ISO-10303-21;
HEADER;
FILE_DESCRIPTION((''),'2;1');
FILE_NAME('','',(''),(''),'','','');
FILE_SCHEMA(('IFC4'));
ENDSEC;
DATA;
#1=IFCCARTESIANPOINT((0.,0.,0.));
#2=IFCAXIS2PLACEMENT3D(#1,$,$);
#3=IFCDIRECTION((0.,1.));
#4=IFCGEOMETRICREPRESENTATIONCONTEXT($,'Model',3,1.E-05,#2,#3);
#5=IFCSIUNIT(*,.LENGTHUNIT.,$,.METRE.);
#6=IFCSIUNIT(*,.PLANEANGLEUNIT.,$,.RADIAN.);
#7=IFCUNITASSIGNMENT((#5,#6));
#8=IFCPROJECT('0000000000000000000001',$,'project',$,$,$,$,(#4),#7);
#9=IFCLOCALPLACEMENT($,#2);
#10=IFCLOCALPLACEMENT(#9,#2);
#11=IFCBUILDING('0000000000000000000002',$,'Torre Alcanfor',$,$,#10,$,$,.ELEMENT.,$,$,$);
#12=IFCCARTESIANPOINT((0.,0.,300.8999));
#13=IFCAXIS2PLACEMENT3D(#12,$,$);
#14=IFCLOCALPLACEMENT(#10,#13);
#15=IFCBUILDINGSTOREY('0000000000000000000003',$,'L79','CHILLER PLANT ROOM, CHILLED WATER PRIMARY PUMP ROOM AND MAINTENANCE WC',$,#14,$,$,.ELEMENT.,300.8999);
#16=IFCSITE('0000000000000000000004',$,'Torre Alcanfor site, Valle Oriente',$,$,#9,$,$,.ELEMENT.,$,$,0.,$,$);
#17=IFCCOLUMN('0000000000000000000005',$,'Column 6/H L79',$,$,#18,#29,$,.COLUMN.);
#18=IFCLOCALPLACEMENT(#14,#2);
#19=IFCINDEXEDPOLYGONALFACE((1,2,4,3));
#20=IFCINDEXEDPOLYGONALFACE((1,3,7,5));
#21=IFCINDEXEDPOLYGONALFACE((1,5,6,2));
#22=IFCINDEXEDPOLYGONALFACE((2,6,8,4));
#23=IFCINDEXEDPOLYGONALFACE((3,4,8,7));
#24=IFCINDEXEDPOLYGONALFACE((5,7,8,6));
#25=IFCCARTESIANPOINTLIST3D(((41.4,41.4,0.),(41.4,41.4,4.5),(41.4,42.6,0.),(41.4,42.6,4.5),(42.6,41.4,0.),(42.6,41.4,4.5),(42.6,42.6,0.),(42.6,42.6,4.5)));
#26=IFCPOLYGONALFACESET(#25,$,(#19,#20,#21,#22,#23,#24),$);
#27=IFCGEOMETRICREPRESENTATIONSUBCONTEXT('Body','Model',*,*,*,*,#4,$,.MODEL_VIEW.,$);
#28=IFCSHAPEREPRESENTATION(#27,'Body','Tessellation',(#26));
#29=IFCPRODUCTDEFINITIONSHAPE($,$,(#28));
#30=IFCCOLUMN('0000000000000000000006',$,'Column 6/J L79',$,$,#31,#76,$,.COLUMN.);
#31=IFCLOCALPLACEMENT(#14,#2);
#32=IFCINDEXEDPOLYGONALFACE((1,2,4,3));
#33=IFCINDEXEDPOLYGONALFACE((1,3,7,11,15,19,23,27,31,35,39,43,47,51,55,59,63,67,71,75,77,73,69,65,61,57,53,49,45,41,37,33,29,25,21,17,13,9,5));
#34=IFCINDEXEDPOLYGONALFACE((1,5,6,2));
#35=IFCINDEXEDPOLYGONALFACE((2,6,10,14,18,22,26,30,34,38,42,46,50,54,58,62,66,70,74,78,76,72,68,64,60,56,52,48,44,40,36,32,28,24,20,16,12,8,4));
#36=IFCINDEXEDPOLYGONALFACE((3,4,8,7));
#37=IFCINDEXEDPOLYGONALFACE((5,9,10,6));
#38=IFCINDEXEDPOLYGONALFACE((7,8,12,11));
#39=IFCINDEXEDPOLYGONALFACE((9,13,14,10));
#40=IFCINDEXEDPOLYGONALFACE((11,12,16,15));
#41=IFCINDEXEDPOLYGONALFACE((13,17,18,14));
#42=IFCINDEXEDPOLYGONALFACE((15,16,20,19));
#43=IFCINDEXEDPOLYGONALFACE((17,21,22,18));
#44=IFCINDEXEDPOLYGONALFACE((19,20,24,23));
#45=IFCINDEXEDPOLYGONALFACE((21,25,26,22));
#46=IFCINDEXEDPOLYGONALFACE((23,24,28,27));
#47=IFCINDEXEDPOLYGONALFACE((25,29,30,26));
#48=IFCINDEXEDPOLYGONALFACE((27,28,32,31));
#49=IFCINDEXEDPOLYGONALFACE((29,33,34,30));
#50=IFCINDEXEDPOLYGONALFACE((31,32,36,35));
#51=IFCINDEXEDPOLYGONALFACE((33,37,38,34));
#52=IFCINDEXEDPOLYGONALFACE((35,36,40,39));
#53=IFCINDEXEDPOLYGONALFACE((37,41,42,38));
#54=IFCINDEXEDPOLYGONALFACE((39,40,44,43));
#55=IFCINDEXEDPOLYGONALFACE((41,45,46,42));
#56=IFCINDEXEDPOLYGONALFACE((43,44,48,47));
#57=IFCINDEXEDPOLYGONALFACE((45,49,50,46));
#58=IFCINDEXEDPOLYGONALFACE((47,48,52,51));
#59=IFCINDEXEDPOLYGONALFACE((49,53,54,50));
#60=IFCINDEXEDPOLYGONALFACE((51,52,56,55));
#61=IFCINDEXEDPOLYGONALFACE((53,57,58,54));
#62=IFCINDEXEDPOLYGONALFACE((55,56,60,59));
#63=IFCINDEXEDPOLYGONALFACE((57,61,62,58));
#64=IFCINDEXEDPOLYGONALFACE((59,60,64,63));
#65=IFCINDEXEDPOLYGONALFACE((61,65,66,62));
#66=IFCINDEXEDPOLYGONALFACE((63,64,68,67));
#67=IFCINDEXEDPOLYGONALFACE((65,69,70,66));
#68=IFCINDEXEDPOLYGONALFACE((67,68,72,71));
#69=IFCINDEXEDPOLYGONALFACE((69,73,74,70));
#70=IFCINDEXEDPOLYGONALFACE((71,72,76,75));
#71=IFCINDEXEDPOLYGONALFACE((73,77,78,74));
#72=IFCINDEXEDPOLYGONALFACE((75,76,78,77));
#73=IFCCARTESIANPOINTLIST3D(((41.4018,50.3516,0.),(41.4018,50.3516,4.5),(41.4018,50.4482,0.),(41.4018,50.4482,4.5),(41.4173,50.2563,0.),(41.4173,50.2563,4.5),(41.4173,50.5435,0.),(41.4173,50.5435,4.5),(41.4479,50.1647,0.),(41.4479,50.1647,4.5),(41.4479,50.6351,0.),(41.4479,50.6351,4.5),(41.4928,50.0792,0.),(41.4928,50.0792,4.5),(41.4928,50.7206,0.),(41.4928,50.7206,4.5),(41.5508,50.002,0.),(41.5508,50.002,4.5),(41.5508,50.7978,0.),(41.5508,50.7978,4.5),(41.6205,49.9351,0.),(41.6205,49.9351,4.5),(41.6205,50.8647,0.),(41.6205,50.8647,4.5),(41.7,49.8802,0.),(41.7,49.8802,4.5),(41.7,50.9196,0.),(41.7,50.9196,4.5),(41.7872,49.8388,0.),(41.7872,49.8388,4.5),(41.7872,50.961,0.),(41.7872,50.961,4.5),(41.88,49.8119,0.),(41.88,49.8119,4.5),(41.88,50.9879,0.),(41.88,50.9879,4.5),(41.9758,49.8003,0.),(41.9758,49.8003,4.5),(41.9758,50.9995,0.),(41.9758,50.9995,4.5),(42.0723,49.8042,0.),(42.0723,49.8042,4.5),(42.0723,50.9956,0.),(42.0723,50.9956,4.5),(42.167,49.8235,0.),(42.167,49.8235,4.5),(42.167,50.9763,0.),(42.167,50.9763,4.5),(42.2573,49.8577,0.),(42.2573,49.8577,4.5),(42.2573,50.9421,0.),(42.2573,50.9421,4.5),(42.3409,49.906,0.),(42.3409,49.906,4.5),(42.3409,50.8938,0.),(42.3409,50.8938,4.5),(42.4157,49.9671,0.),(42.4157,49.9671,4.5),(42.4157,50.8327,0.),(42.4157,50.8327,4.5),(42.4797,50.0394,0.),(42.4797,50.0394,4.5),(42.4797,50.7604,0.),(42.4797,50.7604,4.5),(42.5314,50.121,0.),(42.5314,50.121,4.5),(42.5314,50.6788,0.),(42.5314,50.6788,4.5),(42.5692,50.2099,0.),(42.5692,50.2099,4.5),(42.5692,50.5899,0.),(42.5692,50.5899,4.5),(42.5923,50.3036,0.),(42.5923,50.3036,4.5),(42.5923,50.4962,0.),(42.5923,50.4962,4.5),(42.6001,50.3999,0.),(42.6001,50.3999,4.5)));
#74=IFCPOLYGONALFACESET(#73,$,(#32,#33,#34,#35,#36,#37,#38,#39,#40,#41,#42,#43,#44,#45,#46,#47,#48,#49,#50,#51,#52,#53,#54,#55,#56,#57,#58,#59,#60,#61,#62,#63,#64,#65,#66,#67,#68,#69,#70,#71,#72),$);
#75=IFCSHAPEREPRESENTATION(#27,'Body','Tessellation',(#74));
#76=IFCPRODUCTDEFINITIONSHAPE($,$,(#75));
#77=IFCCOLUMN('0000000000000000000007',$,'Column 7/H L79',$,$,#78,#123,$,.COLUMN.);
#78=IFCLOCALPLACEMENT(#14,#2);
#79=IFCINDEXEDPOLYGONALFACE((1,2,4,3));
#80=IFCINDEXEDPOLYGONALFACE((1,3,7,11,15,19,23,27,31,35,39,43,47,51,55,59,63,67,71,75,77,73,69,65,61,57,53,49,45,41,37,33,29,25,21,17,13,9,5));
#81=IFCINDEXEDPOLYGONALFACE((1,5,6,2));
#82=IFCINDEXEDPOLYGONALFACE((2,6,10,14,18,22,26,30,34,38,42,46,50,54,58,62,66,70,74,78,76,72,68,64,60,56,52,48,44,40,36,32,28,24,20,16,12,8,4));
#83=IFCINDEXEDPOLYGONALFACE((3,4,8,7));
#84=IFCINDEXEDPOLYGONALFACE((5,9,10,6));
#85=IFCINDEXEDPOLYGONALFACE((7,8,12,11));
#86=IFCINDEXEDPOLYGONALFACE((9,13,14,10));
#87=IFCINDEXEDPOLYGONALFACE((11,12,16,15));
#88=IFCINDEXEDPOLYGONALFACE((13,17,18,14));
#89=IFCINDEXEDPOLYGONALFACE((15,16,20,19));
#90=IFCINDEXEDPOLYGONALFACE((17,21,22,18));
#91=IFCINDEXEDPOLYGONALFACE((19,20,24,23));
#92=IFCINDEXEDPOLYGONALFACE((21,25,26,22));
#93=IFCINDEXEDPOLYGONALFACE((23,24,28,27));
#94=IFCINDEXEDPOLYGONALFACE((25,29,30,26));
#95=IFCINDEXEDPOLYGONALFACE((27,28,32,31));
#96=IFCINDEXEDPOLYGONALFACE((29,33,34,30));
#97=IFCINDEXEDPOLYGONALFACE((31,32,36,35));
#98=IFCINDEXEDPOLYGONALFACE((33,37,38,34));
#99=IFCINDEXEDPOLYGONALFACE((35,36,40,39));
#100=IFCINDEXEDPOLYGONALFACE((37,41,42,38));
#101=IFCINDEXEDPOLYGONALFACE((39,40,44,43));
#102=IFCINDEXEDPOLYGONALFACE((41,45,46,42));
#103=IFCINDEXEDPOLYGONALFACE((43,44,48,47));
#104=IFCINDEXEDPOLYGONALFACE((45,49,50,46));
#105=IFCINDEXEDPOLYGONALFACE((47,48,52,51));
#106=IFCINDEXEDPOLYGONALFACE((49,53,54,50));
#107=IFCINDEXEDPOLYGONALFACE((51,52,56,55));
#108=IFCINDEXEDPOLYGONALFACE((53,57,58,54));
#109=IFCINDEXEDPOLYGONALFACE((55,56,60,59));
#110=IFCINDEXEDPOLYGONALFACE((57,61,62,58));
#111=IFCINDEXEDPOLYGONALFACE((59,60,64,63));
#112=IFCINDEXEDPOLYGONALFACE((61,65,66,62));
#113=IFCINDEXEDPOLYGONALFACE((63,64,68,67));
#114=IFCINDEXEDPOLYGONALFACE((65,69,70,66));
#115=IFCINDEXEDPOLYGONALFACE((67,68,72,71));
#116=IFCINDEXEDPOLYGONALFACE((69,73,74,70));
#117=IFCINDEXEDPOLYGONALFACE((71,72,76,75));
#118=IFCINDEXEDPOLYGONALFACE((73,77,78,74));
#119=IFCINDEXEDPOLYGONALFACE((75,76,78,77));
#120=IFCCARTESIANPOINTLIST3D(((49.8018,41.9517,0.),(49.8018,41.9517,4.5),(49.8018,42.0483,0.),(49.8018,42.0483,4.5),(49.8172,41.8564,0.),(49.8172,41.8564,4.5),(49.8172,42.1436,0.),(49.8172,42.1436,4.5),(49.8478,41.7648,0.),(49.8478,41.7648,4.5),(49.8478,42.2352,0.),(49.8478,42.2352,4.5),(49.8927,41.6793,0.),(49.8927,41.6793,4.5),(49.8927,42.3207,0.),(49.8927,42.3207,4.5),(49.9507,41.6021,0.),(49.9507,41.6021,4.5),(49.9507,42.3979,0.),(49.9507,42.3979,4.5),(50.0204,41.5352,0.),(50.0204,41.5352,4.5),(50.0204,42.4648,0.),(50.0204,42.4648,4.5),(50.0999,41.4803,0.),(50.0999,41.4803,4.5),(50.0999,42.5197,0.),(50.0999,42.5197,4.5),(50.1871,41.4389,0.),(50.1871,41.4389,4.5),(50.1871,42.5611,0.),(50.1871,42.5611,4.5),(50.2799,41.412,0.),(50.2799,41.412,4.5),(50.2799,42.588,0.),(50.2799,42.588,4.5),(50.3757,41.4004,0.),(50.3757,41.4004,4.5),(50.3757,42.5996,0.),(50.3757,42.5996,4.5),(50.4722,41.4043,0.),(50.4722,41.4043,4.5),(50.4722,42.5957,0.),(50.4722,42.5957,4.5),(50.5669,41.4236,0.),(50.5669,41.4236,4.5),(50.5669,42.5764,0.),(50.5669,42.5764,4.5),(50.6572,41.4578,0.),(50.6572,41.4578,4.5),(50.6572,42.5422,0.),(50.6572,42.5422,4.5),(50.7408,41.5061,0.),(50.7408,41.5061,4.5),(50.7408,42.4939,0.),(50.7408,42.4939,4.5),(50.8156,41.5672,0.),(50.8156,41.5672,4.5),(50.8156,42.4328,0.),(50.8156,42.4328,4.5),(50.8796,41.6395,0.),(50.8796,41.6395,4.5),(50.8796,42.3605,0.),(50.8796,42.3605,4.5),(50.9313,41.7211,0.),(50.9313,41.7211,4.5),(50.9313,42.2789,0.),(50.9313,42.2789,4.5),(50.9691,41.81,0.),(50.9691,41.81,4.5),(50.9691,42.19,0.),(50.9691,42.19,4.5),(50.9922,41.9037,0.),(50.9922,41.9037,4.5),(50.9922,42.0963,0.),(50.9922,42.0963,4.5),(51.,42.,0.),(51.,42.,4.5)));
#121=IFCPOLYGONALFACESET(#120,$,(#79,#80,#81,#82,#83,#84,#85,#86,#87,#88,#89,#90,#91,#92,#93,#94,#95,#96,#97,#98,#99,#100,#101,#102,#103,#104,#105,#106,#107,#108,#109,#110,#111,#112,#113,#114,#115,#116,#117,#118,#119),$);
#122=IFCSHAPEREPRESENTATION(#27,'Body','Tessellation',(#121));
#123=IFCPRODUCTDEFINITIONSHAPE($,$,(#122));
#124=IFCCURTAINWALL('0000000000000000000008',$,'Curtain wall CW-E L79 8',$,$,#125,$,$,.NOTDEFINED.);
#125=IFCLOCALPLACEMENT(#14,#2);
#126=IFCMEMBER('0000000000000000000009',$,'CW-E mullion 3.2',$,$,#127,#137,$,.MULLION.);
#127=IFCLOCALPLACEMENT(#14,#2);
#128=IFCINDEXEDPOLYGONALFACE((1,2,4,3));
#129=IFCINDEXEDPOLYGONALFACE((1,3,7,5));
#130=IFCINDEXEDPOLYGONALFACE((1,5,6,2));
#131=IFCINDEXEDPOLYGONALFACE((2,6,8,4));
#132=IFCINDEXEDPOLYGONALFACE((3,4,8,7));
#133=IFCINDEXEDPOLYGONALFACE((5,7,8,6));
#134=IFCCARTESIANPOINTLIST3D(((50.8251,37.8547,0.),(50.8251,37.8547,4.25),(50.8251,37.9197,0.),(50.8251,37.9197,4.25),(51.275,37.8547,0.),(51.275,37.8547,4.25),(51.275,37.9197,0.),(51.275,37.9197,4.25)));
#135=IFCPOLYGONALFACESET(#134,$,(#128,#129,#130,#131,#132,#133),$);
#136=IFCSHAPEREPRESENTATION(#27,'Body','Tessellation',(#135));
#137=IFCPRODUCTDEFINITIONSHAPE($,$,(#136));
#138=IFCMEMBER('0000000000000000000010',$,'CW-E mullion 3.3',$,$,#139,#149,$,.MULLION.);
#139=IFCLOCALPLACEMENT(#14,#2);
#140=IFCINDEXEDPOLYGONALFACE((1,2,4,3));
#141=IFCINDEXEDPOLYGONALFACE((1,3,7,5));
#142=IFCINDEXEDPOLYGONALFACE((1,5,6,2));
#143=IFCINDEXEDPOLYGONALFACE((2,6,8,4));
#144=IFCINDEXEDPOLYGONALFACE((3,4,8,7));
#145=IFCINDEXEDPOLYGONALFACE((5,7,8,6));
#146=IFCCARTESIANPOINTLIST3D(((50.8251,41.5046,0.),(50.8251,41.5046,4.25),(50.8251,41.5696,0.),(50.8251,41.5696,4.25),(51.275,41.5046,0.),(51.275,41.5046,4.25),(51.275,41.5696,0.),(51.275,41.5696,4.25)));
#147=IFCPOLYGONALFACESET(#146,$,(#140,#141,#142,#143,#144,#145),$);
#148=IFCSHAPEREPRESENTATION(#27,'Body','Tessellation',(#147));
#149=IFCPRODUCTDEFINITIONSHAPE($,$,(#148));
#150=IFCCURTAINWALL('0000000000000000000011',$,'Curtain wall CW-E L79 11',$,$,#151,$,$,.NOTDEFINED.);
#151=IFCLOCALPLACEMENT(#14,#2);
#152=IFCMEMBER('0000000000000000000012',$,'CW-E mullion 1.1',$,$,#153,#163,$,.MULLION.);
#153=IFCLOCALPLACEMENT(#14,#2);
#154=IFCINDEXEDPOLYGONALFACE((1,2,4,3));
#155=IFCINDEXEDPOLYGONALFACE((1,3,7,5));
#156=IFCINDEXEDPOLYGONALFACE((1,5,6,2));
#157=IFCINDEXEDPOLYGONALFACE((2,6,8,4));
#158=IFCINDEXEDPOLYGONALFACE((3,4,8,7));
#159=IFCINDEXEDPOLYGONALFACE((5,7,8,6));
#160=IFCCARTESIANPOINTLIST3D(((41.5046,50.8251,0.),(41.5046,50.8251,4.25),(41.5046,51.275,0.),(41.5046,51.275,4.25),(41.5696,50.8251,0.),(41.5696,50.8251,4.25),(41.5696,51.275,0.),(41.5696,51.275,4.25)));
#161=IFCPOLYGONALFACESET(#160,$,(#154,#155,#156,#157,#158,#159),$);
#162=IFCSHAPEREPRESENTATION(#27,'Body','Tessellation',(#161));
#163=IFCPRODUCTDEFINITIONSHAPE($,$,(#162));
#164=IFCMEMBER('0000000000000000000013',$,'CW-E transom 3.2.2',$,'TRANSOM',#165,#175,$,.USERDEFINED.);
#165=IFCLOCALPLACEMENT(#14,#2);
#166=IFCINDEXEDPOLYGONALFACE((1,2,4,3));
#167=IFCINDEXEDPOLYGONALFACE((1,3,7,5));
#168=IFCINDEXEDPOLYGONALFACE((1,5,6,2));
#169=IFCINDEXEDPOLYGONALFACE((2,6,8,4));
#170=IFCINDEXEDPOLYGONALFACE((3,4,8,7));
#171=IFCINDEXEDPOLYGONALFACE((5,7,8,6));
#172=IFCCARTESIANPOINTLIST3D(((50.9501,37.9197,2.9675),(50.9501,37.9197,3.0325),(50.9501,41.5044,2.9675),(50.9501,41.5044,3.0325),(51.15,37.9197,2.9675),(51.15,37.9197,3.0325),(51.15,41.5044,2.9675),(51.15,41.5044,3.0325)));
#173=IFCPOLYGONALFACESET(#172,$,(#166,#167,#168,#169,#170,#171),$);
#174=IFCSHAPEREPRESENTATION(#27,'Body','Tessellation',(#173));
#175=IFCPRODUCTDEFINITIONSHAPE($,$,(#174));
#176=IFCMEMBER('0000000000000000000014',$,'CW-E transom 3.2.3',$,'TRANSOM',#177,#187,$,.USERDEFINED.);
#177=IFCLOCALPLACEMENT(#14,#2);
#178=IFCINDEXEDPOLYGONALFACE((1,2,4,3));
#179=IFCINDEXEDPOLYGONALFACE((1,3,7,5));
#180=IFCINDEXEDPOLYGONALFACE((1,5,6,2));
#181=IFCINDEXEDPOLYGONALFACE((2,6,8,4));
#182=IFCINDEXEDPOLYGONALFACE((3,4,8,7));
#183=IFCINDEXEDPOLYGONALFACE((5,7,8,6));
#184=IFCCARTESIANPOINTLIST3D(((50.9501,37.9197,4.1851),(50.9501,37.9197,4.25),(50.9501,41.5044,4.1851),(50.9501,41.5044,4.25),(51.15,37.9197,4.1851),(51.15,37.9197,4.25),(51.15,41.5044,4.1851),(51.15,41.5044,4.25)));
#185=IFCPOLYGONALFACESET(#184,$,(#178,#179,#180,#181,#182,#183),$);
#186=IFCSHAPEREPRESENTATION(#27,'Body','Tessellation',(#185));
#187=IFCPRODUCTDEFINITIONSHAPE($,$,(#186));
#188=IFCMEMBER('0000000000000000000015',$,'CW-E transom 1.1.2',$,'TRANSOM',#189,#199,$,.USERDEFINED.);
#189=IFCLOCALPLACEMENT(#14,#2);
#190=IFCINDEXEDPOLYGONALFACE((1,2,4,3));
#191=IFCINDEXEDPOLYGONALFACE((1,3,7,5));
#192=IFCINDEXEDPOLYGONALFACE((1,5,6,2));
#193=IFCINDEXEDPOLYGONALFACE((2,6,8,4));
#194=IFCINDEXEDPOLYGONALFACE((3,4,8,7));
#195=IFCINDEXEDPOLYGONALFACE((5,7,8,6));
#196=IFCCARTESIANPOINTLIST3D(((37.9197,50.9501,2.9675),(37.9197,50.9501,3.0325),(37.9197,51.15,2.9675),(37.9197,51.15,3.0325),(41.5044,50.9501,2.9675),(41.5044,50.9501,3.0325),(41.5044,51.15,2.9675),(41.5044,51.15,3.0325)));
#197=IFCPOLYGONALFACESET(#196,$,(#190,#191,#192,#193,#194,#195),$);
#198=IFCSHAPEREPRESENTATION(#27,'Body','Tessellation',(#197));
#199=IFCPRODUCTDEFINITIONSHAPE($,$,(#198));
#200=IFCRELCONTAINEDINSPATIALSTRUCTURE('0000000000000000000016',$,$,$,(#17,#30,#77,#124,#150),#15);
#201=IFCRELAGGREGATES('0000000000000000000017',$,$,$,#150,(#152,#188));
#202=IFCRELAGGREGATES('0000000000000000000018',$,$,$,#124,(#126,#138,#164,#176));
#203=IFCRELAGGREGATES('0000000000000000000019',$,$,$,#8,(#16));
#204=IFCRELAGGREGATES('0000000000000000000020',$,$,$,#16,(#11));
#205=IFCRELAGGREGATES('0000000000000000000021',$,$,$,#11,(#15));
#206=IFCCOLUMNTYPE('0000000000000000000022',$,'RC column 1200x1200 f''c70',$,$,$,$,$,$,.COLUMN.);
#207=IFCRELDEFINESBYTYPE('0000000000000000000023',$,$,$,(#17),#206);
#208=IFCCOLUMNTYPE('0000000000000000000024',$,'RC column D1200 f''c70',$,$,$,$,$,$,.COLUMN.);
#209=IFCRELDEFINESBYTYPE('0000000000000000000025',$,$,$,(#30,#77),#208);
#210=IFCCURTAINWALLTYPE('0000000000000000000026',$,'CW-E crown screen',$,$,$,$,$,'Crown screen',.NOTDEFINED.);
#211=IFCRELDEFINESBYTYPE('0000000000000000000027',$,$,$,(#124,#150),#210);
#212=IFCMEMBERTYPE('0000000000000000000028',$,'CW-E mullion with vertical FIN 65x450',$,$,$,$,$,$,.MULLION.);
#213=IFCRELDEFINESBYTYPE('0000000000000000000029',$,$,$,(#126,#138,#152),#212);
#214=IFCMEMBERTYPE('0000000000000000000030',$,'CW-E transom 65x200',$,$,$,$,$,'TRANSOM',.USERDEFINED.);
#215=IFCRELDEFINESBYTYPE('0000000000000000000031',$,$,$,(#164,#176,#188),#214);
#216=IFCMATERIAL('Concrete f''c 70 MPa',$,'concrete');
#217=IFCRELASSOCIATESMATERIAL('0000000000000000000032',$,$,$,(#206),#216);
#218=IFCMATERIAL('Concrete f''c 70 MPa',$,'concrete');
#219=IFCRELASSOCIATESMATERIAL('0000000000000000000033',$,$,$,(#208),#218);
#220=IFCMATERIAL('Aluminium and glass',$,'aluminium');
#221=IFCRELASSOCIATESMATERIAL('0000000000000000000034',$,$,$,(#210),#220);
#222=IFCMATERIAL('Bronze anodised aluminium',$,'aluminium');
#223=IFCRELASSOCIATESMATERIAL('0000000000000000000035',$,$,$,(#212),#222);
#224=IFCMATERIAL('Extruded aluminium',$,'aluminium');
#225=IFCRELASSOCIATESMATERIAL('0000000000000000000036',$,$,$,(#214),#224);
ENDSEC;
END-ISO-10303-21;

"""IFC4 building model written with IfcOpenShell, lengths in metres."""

from ifc_helpers import new_model, si_unit, direction, frame, origin, origin_2d, place, context, subcontext, project, spatial, rectangle, circle, extrude, material, material_profile, profile_set, type_object, element, aggregate, save


model = new_model("IFC4")

# Units and contexts
model_context = context("Model", 3, precision=1e-05, world=origin(), true_north=direction((0.0, 1.0)))
body_context = subcontext(model_context, "Body", "Model", "MODEL_VIEW")
ifc_project = project(units=[si_unit("LENGTHUNIT", "METRE"), si_unit("PLANEANGLEUNIT", "RADIAN")], contexts=[model_context])

# Site, building, storey
site_placement = place(None, origin())
site = spatial("IfcSite", under=ifc_project, at=site_placement, Name="Torre Alcanfor site, Valle Oriente", CompositionType="ELEMENT", RefElevation=0.0)
building_placement = place(site_placement, origin())
building = spatial("IfcBuilding", under=site, at=building_placement, Name="Torre Alcanfor", CompositionType="ELEMENT")
storey_placement = place(building_placement, frame((0.0, 0.0, 300.8999)))
storey = spatial("IfcBuildingStorey", under=building, at=storey_placement, Name="L79", Description="CHILLER PLANT ROOM, CHILLED WATER PRIMARY PUMP ROOM AND MAINTENANCE WC", CompositionType="ELEMENT", Elevation=300.8999)

# Columns
ifc_material_1 = material(Name="Concrete f'c 70 MPa", Category="concrete")
ifc_material_profile_1 = material_profile(ifc_material_1, rectangle(XDim=1.2, YDim=1.2, at=origin_2d()), Name="1200x1200")
ifc_profile_set_1 = profile_set([ifc_material_profile_1], Name="Concrete f'c 70 MPa")
column_type_1 = type_object("IfcColumnType", Name="RC column 1200x1200 f'c70", PredefinedType="COLUMN", material=ifc_profile_set_1)
column_placement = place(storey_placement, frame((42.0, 42.0, 0.0), z_axis=(0.0, 0.0, 1.0), x_axis=(1.0, 0.0, 0.0)))
element("IfcColumn", 1, at=column_placement, inside=storey, type_object=column_type_1, Name="Column 6/H L79", PredefinedType="COLUMN", context=body_context, shape_type="SweptSolid", body=[
    extrude(rectangle(XDim=1.2, YDim=1.2, at=origin_2d()), origin(), (0.0, 0.0, 1.0), 4.5),
])
ifc_material_2 = material(Name="Concrete f'c 70 MPa", Category="concrete")
ifc_material_profile_2 = material_profile(ifc_material_2, circle(Radius=0.6001, at=origin_2d()), Name="D1200")
ifc_profile_set_2 = profile_set([ifc_material_profile_2], Name="Concrete f'c 70 MPa")
column_type_2 = type_object("IfcColumnType", Name="RC column D1200 f'c70", PredefinedType="COLUMN", material=ifc_profile_set_2)
for number, where, z_axis, x_axis, name in (
    (2, (42.0, 50.3999, 0.0), (0.0, 0.0, 1.0), (1.0, 0.0, 0.0), "Column 6/J L79"),
    (3, (50.3999, 42.0, 0.0), (0.0, 0.0, 1.0), (1.0, 0.0, 0.0), "Column 7/H L79"),
):
    element("IfcColumn", number, at=place(storey_placement, frame(where, z_axis=z_axis, x_axis=x_axis)), inside=storey, type_object=column_type_2, Name=name, PredefinedType="COLUMN", context=body_context, shape_type="SweptSolid", body=[
        extrude(circle(Radius=0.6001, at=origin_2d()), origin(), (0.0, 0.0, 1.0), 4.5),
    ])

# Curtain wall, members
ifc_material_3 = material(Name="Aluminium and glass", Category="aluminium")
curtain_wall_type = type_object("IfcCurtainWallType", Name="CW-E crown screen", ElementType="Crown screen", PredefinedType="NOTDEFINED", material=ifc_material_3)
curtain_wall_1_placement = place(storey_placement, origin())
curtain_wall_1 = element("IfcCurtainWall", 4, at=curtain_wall_1_placement, inside=storey, type_object=curtain_wall_type, Name="Curtain wall CW-E L79 8", PredefinedType="NOTDEFINED")
ifc_material_4 = material(Name="Bronze anodised aluminium", Category="aluminium")
ifc_material_profile_3 = material_profile(ifc_material_4, rectangle(XDim=0.45, YDim=0.0649, at=origin_2d()), Name="CW-E mullion 65x450")
ifc_profile_set_3 = profile_set([ifc_material_profile_3], Name="Bronze anodised aluminium")
member_type_1 = type_object("IfcMemberType", Name="CW-E mullion with vertical FIN 65x450", PredefinedType="MULLION", material=ifc_profile_set_3)
member_1_placement = place(storey_placement, frame((51.05, 37.8872, 0.0), z_axis=(0.0, 0.0, 1.0), x_axis=(-1.0, 0.0, 0.0)))
member_1 = element("IfcMember", 5, at=member_1_placement, type_object=member_type_1, Name="CW-E mullion 3.2", PredefinedType="MULLION", context=body_context, shape_type="SweptSolid", body=[
    extrude(rectangle(XDim=0.45, YDim=0.0649, at=origin_2d()), origin(), (0.0, 0.0, 1.0), 4.25),
])
member_2_placement = place(storey_placement, frame((51.05, 41.5371, 0.0), z_axis=(0.0, 0.0, 1.0), x_axis=(-1.0, 0.0, 0.0)))
member_2 = element("IfcMember", 6, at=member_2_placement, type_object=member_type_1, Name="CW-E mullion 3.3", PredefinedType="MULLION", context=body_context, shape_type="SweptSolid", body=[
    extrude(rectangle(XDim=0.45, YDim=0.0649, at=origin_2d()), origin(), (0.0, 0.0, 1.0), 4.25),
])

# Curtain wall, member
curtain_wall_2_placement = place(storey_placement, origin())
curtain_wall_2 = element("IfcCurtainWall", 7, at=curtain_wall_2_placement, inside=storey, type_object=curtain_wall_type, Name="Curtain wall CW-E L79 11", PredefinedType="NOTDEFINED")
member_3_placement = place(storey_placement, frame((41.5371, 51.05, 0.0), z_axis=(0.0, 0.0, 1.0), x_axis=(0.0, -1.0, 0.0)))
member_3 = element("IfcMember", 8, at=member_3_placement, type_object=member_type_1, Name="CW-E mullion 1.1", PredefinedType="MULLION", context=body_context, shape_type="SweptSolid", body=[
    extrude(rectangle(XDim=0.45, YDim=0.0649, at=origin_2d()), origin(), (0.0, 0.0, 1.0), 4.25),
])

# Members
ifc_material_5 = material(Name="Extruded aluminium", Category="aluminium")
ifc_material_profile_4 = material_profile(ifc_material_5, rectangle(XDim=0.2, YDim=0.0649, at=origin_2d()), Name="CW-E transom 200x65")
ifc_profile_set_4 = profile_set([ifc_material_profile_4], Name="Extruded aluminium")
member_type_2 = type_object("IfcMemberType", Name="CW-E transom 65x200", ElementType="TRANSOM", PredefinedType="USERDEFINED", material=ifc_profile_set_4)
member_4_placement = place(storey_placement, frame((51.05, 37.9197, 3.0), z_axis=(0.0, 1.0, 0.0), x_axis=(-1.0, 0.0, 0.0)))
member_4 = element("IfcMember", 9, at=member_4_placement, type_object=member_type_2, Name="CW-E transom 3.2.2", ObjectType="TRANSOM", PredefinedType="USERDEFINED", context=body_context, shape_type="SweptSolid", body=[
    extrude(rectangle(XDim=0.2, YDim=0.0649, at=origin_2d()), origin(), (0.0, 0.0, 1.0), 3.5847),
])
member_5_placement = place(storey_placement, frame((51.05, 37.9197, 4.2175), z_axis=(0.0, 1.0, 0.0), x_axis=(-1.0, 0.0, 0.0)))
member_5 = element("IfcMember", 10, at=member_5_placement, type_object=member_type_2, Name="CW-E transom 3.2.3", ObjectType="TRANSOM", PredefinedType="USERDEFINED", context=body_context, shape_type="SweptSolid", body=[
    extrude(rectangle(XDim=0.2, YDim=0.0649, at=origin_2d()), origin(), (0.0, 0.0, 1.0), 3.5847),
])
member_6_placement = place(storey_placement, frame((41.5044, 51.05, 3.0), z_axis=(-1.0, 0.0, 0.0), x_axis=(0.0, -1.0, 0.0)))
member_6 = element("IfcMember", 11, at=member_6_placement, type_object=member_type_2, Name="CW-E transom 1.1.2", ObjectType="TRANSOM", PredefinedType="USERDEFINED", context=body_context, shape_type="SweptSolid", body=[
    extrude(rectangle(XDim=0.2, YDim=0.0649, at=origin_2d()), origin(), (0.0, 0.0, 1.0), 3.5847),
])
aggregate(curtain_wall_2, [member_3, member_6])

aggregate(curtain_wall_1, [member_1, member_2, member_4, member_5])

save(model, "model.ifc")
